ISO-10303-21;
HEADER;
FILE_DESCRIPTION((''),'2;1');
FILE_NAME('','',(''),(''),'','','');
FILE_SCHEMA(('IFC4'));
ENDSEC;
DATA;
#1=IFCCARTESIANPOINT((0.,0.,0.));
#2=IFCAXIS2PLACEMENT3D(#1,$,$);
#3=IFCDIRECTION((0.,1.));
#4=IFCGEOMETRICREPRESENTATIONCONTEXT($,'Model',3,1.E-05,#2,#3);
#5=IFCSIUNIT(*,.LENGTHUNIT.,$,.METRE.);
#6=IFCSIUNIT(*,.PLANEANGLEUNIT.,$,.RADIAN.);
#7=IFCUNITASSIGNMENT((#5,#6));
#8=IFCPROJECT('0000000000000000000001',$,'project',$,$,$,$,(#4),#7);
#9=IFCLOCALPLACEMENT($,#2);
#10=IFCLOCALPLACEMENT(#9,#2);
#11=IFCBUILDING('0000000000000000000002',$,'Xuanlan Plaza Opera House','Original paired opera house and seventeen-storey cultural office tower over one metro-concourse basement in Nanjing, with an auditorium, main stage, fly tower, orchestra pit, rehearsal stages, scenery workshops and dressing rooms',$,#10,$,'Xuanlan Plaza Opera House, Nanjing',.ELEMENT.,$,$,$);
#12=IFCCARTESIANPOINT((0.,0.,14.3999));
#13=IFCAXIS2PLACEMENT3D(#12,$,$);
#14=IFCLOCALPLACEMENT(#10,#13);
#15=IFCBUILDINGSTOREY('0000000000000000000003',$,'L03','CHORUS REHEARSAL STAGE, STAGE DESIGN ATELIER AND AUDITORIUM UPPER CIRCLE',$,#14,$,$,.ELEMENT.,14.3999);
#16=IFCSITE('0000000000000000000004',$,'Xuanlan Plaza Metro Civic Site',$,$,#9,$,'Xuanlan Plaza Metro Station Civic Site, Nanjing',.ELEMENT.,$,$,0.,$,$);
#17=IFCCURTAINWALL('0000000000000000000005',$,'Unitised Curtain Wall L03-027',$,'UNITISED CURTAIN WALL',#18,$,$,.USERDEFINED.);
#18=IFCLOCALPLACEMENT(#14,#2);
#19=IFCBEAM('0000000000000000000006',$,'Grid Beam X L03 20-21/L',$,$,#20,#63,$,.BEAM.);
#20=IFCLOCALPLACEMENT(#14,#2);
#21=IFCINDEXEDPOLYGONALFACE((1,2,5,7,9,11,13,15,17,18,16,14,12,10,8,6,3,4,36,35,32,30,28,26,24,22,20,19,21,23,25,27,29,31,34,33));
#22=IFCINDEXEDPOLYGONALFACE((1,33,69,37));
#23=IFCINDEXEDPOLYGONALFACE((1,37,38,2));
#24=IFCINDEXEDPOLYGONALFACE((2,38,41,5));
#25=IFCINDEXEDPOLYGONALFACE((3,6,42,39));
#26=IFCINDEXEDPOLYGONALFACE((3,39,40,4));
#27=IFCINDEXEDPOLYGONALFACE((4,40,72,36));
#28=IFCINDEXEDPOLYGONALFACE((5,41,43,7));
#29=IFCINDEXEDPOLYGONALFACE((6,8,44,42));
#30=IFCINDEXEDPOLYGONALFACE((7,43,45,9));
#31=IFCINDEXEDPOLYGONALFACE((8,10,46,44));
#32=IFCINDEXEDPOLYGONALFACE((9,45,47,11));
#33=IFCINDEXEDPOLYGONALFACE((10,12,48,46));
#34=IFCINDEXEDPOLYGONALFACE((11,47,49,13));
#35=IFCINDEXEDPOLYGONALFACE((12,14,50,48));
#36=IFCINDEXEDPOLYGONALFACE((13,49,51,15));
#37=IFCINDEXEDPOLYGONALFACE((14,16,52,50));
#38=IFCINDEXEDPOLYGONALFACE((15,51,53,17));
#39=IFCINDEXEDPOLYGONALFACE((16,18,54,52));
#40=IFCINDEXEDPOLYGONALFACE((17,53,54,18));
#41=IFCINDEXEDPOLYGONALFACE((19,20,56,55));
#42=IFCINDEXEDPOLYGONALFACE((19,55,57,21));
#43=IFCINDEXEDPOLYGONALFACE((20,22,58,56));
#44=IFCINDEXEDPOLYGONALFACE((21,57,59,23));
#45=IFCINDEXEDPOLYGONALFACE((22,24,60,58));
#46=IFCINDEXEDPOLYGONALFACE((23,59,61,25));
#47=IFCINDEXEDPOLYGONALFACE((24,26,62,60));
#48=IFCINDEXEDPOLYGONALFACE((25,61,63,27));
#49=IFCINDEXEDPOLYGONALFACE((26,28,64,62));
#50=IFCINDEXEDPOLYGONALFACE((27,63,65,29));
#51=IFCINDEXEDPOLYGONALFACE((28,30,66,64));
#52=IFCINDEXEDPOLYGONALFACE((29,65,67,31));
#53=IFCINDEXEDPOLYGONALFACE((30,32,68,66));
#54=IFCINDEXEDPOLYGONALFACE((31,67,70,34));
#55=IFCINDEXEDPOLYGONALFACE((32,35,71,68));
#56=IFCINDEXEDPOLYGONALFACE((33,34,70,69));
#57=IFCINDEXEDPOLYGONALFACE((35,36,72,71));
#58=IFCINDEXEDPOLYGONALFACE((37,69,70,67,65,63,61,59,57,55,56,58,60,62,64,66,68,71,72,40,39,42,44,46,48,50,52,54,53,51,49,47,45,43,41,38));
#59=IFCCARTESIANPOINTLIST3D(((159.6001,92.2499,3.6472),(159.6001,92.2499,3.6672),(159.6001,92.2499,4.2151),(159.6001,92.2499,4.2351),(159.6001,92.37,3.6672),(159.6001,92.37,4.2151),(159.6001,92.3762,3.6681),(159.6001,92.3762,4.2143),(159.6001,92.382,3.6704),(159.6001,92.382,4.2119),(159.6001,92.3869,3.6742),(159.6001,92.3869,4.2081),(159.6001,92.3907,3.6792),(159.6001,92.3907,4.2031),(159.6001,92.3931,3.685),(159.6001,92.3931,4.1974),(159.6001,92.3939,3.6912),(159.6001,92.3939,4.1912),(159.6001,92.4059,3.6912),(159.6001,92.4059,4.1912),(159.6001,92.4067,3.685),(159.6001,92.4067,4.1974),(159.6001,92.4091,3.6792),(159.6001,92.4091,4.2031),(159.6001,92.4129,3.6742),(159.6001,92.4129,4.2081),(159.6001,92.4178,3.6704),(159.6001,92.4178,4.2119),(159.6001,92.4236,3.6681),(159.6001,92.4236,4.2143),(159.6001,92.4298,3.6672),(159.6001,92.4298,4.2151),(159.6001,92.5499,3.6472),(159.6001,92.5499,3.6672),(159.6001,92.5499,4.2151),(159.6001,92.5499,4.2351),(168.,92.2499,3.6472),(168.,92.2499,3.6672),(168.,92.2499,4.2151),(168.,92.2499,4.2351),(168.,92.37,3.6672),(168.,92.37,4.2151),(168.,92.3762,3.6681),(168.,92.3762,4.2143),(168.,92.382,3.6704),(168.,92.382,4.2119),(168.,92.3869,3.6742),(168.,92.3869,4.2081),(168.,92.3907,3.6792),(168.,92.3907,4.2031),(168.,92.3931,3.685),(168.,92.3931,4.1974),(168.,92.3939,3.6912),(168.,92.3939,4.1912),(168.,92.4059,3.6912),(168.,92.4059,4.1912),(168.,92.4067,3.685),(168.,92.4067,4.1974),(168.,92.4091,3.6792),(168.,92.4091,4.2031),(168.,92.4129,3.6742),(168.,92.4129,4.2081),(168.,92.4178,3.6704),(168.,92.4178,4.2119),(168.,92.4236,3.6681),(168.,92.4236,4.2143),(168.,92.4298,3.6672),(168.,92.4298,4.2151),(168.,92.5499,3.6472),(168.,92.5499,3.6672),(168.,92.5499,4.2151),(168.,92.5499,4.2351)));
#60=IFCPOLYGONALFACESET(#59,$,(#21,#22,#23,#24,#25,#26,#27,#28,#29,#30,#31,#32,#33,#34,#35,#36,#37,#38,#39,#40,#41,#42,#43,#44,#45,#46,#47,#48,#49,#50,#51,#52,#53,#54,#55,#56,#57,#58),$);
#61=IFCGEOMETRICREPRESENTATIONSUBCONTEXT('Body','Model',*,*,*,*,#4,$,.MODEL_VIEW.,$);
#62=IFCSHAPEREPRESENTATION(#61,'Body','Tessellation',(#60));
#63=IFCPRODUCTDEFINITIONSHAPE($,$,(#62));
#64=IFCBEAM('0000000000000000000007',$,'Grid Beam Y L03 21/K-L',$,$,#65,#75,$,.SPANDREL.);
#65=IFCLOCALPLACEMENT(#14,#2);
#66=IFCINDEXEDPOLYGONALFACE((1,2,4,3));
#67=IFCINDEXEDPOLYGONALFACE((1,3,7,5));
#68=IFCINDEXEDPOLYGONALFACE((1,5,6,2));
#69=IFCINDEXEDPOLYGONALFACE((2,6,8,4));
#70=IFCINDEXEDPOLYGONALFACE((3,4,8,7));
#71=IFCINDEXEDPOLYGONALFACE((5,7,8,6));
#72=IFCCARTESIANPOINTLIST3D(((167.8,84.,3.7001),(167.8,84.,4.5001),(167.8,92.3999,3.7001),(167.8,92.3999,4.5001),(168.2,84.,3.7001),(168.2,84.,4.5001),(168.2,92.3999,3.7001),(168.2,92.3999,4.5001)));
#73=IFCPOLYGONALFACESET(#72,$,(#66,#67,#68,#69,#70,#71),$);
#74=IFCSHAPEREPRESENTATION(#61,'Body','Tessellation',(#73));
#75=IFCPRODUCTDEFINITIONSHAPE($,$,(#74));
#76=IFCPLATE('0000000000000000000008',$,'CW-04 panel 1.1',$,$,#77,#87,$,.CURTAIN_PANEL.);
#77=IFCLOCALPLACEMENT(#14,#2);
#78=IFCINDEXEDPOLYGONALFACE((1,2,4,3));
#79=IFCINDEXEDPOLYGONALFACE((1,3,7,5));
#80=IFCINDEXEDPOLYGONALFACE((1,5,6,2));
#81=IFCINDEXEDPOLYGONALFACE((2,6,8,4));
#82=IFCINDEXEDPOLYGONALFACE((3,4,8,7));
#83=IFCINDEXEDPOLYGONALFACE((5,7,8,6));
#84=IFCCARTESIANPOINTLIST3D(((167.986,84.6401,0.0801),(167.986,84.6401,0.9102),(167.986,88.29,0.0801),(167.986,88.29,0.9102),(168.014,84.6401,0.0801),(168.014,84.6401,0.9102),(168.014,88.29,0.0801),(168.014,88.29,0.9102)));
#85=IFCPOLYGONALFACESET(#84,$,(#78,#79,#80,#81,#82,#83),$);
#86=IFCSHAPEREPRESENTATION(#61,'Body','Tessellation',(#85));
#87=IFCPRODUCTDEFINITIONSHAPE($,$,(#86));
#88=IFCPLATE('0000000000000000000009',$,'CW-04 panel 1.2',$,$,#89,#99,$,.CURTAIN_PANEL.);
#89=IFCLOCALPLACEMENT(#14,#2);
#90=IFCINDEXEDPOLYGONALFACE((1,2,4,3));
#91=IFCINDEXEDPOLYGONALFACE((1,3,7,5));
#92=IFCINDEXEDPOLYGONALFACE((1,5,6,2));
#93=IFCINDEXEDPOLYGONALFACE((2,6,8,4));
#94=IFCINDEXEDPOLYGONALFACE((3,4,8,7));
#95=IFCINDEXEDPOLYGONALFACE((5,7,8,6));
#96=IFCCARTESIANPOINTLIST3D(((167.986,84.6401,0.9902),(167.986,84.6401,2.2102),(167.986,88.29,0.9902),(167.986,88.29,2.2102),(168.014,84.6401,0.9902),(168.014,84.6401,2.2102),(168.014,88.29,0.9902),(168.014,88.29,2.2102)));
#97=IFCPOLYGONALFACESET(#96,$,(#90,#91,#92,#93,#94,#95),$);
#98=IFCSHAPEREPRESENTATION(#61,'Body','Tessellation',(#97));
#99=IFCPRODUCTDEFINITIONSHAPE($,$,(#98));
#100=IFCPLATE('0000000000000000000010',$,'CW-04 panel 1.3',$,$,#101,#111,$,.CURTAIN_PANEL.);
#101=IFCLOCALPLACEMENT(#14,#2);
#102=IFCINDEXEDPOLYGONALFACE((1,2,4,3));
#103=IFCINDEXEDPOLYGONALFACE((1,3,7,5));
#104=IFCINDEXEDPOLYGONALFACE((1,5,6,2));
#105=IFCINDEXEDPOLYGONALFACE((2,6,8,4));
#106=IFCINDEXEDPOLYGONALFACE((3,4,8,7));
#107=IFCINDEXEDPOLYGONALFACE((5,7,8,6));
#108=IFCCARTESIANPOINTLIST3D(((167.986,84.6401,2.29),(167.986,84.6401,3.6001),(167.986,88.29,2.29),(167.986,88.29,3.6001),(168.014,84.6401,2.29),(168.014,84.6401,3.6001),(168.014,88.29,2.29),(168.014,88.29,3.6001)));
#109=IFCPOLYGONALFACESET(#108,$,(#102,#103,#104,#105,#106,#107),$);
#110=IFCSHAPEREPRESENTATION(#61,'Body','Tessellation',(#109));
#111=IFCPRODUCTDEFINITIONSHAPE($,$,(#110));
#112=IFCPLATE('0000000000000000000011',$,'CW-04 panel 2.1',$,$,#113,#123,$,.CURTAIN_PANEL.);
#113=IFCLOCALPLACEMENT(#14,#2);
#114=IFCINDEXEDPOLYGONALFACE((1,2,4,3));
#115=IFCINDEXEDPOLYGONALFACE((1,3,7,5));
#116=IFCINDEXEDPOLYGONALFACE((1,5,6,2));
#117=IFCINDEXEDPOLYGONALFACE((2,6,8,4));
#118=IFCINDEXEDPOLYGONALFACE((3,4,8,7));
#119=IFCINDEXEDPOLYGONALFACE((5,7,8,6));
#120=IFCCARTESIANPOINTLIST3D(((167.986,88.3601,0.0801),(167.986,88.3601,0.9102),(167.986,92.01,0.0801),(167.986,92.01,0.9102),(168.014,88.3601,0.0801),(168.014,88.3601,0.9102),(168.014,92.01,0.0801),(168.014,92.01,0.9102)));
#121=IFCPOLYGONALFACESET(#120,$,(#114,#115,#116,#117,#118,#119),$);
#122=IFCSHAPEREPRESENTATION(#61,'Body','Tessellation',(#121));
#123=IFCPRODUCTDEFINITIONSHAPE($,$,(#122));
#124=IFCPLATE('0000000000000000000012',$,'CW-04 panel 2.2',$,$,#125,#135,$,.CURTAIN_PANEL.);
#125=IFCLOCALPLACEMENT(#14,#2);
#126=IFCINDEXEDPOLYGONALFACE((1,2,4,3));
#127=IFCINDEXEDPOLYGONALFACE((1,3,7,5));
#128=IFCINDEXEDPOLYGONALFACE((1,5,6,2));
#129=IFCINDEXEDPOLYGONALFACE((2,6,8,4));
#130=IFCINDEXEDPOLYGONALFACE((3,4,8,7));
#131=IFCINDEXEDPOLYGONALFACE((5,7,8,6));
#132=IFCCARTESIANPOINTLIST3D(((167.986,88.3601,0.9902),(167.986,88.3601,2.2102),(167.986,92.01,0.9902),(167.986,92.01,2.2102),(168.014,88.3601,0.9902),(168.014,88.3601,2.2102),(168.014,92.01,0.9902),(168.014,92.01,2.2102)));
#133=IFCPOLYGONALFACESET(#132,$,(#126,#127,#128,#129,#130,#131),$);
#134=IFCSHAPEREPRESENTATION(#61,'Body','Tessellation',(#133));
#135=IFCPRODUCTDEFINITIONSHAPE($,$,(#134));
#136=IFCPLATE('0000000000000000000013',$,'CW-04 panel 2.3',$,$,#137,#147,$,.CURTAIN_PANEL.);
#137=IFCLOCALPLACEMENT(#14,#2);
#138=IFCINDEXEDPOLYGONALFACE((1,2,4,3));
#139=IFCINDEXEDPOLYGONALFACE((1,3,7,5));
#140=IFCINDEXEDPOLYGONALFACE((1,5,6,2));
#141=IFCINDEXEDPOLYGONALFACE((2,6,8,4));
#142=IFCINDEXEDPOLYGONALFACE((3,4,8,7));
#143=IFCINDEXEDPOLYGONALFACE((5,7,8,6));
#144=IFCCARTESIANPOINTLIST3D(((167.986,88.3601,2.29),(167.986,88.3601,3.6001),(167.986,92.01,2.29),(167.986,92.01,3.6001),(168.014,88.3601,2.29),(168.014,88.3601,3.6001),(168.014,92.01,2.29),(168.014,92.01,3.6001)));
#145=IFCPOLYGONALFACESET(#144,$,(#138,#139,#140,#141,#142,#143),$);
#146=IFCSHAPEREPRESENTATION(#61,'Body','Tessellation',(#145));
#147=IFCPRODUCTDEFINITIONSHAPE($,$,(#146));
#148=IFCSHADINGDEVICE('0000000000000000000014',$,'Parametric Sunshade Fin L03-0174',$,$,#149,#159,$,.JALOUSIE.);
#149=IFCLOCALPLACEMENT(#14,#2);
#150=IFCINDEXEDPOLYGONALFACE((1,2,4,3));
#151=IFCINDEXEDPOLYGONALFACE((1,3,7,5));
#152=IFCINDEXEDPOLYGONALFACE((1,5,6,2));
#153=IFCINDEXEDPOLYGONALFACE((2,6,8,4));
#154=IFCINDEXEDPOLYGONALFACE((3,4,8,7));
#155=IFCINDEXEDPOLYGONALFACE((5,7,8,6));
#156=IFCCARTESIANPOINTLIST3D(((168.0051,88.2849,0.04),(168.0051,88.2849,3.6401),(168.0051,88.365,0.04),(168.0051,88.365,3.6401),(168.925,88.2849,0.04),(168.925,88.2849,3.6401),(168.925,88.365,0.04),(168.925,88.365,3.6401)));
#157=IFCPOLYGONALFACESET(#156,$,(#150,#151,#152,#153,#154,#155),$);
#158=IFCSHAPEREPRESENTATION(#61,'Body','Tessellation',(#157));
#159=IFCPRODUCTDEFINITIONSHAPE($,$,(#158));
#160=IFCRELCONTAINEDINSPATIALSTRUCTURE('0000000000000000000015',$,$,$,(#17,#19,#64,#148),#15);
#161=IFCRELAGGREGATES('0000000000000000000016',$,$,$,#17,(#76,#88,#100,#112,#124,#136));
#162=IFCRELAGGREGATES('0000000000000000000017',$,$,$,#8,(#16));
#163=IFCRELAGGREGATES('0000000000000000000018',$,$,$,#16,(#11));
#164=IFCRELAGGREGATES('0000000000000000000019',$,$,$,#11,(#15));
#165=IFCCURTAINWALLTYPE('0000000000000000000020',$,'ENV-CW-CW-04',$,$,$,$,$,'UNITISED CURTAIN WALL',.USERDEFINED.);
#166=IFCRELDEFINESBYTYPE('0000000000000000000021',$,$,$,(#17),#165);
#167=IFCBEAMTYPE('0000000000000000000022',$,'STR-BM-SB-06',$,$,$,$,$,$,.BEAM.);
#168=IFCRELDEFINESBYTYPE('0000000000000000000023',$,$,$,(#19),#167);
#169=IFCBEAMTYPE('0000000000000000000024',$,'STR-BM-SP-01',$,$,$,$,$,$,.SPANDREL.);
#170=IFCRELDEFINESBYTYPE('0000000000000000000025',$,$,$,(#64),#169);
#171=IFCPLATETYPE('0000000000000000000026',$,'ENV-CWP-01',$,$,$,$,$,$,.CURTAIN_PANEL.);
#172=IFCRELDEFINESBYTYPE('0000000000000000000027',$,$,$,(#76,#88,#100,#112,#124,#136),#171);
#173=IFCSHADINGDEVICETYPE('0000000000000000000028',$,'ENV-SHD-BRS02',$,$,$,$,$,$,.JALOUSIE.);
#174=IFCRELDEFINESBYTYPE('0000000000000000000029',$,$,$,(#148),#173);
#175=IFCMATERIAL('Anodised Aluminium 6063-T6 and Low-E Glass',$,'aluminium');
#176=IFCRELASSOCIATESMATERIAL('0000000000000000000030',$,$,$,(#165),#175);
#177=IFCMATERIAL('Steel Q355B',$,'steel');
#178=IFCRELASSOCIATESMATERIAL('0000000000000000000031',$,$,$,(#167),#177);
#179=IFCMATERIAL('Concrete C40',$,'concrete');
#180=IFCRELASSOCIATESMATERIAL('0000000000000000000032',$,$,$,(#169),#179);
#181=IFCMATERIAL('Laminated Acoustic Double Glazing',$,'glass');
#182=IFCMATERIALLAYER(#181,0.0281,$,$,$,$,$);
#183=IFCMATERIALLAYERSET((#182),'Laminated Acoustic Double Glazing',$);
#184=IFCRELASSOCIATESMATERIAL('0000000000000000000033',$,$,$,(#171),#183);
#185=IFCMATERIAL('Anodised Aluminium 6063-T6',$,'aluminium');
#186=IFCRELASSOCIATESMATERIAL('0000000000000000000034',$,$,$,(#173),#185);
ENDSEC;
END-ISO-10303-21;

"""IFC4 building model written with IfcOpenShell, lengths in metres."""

from ifc_helpers import new_model, si_unit, direction, frame, origin, origin_2d, place, context, subcontext, project, spatial, rectangle, i_section, extrude, material, layer, layer_set, material_profile, profile_set, type_object, element, aggregate, save


model = new_model("IFC4")

# Units and contexts
model_context = context("Model", 3, precision=1e-05, world=origin(), true_north=direction((0.0, 1.0)))
body_context = subcontext(model_context, "Body", "Model", "MODEL_VIEW")
ifc_project = project(units=[si_unit("LENGTHUNIT", "METRE"), si_unit("PLANEANGLEUNIT", "RADIAN")], contexts=[model_context])

# Site, building, storey
site_placement = place(None, origin())
site = spatial("IfcSite", under=ifc_project, at=site_placement, Name="Xuanlan Plaza Metro Civic Site", LongName="Xuanlan Plaza Metro Station Civic Site, Nanjing", CompositionType="ELEMENT", RefElevation=0.0)
building_placement = place(site_placement, origin())
building = spatial("IfcBuilding", under=site, at=building_placement, Name="Xuanlan Plaza Opera House", Description="Original paired opera house and seventeen-storey cultural office tower over one metro-concourse basement in Nanjing, with an auditorium, main stage, fly tower, orchestra pit, rehearsal stages, scenery workshops and dressing rooms", LongName="Xuanlan Plaza Opera House, Nanjing", CompositionType="ELEMENT")
storey_placement = place(building_placement, frame((0.0, 0.0, 14.3999)))
storey = spatial("IfcBuildingStorey", under=building, at=storey_placement, Name="L03", Description="CHORUS REHEARSAL STAGE, STAGE DESIGN ATELIER AND AUDITORIUM UPPER CIRCLE", CompositionType="ELEMENT", Elevation=14.3999)

# Shared definitions
ifc_material_1 = material(Name="Concrete C40", Category="concrete")
ifc_material_2 = material(Name="Steel Q355B", Category="steel")

# Curtain wall
ifc_material_3 = material(Name="Anodised Aluminium 6063-T6 and Low-E Glass", Category="aluminium")
curtain_wall_type_1 = type_object("IfcCurtainWallType", Name="ENV-CW-CW-04", ElementType="UNITISED CURTAIN WALL", PredefinedType="USERDEFINED", material=ifc_material_3)
curtain_wall_1_placement = place(storey_placement, origin())
curtain_wall_1 = element("IfcCurtainWall", 1, at=curtain_wall_1_placement, inside=storey, type_object=curtain_wall_type_1, Name="Unitised Curtain Wall L03-027", ObjectType="UNITISED CURTAIN WALL", PredefinedType="USERDEFINED")
ifc_material_4 = material(Name="Anodised Aluminium 6063-T6", Category="aluminium")

# Beams
ifc_material_profile_1 = material_profile(ifc_material_2, i_section(OverallWidth=0.3, OverallDepth=0.5879, WebThickness=0.012, FlangeThickness=0.02, FilletRadius=0.0239, at=origin_2d()), Name="HM 588x300x12x20")
ifc_profile_set_1 = profile_set([ifc_material_profile_1], Name="Steel Q355B")
beam_type_1 = type_object("IfcBeamType", Name="STR-BM-SB-06", PredefinedType="BEAM", material=ifc_profile_set_1)
beam_1_placement = place(storey_placement, frame((159.6001, 92.3999, 3.9412), z_axis=(1.0, 0.0, 0.0), x_axis=(0.0, 1.0, 0.0)))
element("IfcBeam", 2, at=beam_1_placement, inside=storey, type_object=beam_type_1, Name="Grid Beam X L03 20-21/L", PredefinedType="BEAM", context=body_context, shape_type="SweptSolid", body=[
    extrude(i_section(OverallWidth=0.3, OverallDepth=0.5879, WebThickness=0.012, FlangeThickness=0.02, FilletRadius=0.0239, at=origin_2d()), origin(), (0.0, 0.0, 1.0), 8.3999),
])
ifc_material_profile_2 = material_profile(ifc_material_1, rectangle(XDim=0.3999, YDim=0.8, at=origin_2d()), Name="RC-SPD 400x800")
ifc_profile_set_2 = profile_set([ifc_material_profile_2], Name="Concrete C40")
beam_type_2 = type_object("IfcBeamType", Name="STR-BM-SP-01", PredefinedType="SPANDREL", material=ifc_profile_set_2)
beam_2_placement = place(storey_placement, frame((168.0, 84.0, 4.1001), z_axis=(0.0, 1.0, 0.0), x_axis=(-1.0, 0.0, 0.0)))
element("IfcBeam", 3, at=beam_2_placement, inside=storey, type_object=beam_type_2, Name="Grid Beam Y L03 21/K-L", PredefinedType="SPANDREL", context=body_context, shape_type="SweptSolid", body=[
    extrude(rectangle(XDim=0.3999, YDim=0.8, at=origin_2d()), origin(), (0.0, 0.0, 1.0), 8.3999),
])

# Plates
ifc_material_5 = material(Name="Laminated Acoustic Double Glazing", Category="glass")
ifc_layer = layer(ifc_material_5, 0.0281)
ifc_layer_set = layer_set([ifc_layer], Name="Laminated Acoustic Double Glazing")
plate_type = type_object("IfcPlateType", Name="ENV-CWP-01", PredefinedType="CURTAIN_PANEL", material=ifc_layer_set)
plate_1_placement = place(storey_placement, frame((168.0, 86.4651, 0.0801), z_axis=(0.0, 0.0, 1.0), x_axis=(0.0, 1.0, 0.0)))
plate_1 = element("IfcPlate", 4, at=plate_1_placement, type_object=plate_type, Name="CW-04 panel 1.1", PredefinedType="CURTAIN_PANEL", context=body_context, shape_type="SweptSolid", body=[
    extrude(rectangle(XDim=3.6499, YDim=0.0281, at=origin_2d()), origin(), (0.0, 0.0, 1.0), 0.8301),
])
plate_2_placement = place(storey_placement, frame((168.0, 86.4651, 0.9902), z_axis=(0.0, 0.0, 1.0), x_axis=(0.0, 1.0, 0.0)))
plate_2 = element("IfcPlate", 5, at=plate_2_placement, type_object=plate_type, Name="CW-04 panel 1.2", PredefinedType="CURTAIN_PANEL", context=body_context, shape_type="SweptSolid", body=[
    extrude(rectangle(XDim=3.6499, YDim=0.0281, at=origin_2d()), origin(), (0.0, 0.0, 1.0), 1.22),
])
plate_3_placement = place(storey_placement, frame((168.0, 86.4651, 2.29), z_axis=(0.0, 0.0, 1.0), x_axis=(0.0, 1.0, 0.0)))
plate_3 = element("IfcPlate", 6, at=plate_3_placement, type_object=plate_type, Name="CW-04 panel 1.3", PredefinedType="CURTAIN_PANEL", context=body_context, shape_type="SweptSolid", body=[
    extrude(rectangle(XDim=3.6499, YDim=0.0281, at=origin_2d()), origin(), (0.0, 0.0, 1.0), 1.3101),
])
plate_4_placement = place(storey_placement, frame((168.0, 90.1851, 0.0801), z_axis=(0.0, 0.0, 1.0), x_axis=(0.0, 1.0, 0.0)))
plate_4 = element("IfcPlate", 7, at=plate_4_placement, type_object=plate_type, Name="CW-04 panel 2.1", PredefinedType="CURTAIN_PANEL", context=body_context, shape_type="SweptSolid", body=[
    extrude(rectangle(XDim=3.6499, YDim=0.0281, at=origin_2d()), origin(), (0.0, 0.0, 1.0), 0.8301),
])
plate_5_placement = place(storey_placement, frame((168.0, 90.1851, 0.9902), z_axis=(0.0, 0.0, 1.0), x_axis=(0.0, 1.0, 0.0)))
plate_5 = element("IfcPlate", 8, at=plate_5_placement, type_object=plate_type, Name="CW-04 panel 2.2", PredefinedType="CURTAIN_PANEL", context=body_context, shape_type="SweptSolid", body=[
    extrude(rectangle(XDim=3.6499, YDim=0.0281, at=origin_2d()), origin(), (0.0, 0.0, 1.0), 1.22),
])
plate_6_placement = place(storey_placement, frame((168.0, 90.1851, 2.29), z_axis=(0.0, 0.0, 1.0), x_axis=(0.0, 1.0, 0.0)))
plate_6 = element("IfcPlate", 9, at=plate_6_placement, type_object=plate_type, Name="CW-04 panel 2.3", PredefinedType="CURTAIN_PANEL", context=body_context, shape_type="SweptSolid", body=[
    extrude(rectangle(XDim=3.6499, YDim=0.0281, at=origin_2d()), origin(), (0.0, 0.0, 1.0), 1.3101),
])
aggregate(curtain_wall_1, [plate_1, plate_2, plate_3, plate_4, plate_5, plate_6])

# Shading device
shading_device_type = type_object("IfcShadingDeviceType", Name="ENV-SHD-BRS02", PredefinedType="JALOUSIE", material=ifc_material_4)
shading_device_placement = place(storey_placement, frame((168.4651, 88.325, 0.04), z_axis=(0.0, 0.0, 1.0), x_axis=(1.0, 0.0, 0.0)))
element("IfcShadingDevice", 10, at=shading_device_placement, inside=storey, type_object=shading_device_type, Name="Parametric Sunshade Fin L03-0174", PredefinedType="JALOUSIE", context=body_context, shape_type="SweptSolid", body=[
    extrude(rectangle(XDim=0.9199, YDim=0.0801, at=origin_2d()), origin(), (0.0, 0.0, 1.0), 3.6001),
])

save(model, "model.ifc")
